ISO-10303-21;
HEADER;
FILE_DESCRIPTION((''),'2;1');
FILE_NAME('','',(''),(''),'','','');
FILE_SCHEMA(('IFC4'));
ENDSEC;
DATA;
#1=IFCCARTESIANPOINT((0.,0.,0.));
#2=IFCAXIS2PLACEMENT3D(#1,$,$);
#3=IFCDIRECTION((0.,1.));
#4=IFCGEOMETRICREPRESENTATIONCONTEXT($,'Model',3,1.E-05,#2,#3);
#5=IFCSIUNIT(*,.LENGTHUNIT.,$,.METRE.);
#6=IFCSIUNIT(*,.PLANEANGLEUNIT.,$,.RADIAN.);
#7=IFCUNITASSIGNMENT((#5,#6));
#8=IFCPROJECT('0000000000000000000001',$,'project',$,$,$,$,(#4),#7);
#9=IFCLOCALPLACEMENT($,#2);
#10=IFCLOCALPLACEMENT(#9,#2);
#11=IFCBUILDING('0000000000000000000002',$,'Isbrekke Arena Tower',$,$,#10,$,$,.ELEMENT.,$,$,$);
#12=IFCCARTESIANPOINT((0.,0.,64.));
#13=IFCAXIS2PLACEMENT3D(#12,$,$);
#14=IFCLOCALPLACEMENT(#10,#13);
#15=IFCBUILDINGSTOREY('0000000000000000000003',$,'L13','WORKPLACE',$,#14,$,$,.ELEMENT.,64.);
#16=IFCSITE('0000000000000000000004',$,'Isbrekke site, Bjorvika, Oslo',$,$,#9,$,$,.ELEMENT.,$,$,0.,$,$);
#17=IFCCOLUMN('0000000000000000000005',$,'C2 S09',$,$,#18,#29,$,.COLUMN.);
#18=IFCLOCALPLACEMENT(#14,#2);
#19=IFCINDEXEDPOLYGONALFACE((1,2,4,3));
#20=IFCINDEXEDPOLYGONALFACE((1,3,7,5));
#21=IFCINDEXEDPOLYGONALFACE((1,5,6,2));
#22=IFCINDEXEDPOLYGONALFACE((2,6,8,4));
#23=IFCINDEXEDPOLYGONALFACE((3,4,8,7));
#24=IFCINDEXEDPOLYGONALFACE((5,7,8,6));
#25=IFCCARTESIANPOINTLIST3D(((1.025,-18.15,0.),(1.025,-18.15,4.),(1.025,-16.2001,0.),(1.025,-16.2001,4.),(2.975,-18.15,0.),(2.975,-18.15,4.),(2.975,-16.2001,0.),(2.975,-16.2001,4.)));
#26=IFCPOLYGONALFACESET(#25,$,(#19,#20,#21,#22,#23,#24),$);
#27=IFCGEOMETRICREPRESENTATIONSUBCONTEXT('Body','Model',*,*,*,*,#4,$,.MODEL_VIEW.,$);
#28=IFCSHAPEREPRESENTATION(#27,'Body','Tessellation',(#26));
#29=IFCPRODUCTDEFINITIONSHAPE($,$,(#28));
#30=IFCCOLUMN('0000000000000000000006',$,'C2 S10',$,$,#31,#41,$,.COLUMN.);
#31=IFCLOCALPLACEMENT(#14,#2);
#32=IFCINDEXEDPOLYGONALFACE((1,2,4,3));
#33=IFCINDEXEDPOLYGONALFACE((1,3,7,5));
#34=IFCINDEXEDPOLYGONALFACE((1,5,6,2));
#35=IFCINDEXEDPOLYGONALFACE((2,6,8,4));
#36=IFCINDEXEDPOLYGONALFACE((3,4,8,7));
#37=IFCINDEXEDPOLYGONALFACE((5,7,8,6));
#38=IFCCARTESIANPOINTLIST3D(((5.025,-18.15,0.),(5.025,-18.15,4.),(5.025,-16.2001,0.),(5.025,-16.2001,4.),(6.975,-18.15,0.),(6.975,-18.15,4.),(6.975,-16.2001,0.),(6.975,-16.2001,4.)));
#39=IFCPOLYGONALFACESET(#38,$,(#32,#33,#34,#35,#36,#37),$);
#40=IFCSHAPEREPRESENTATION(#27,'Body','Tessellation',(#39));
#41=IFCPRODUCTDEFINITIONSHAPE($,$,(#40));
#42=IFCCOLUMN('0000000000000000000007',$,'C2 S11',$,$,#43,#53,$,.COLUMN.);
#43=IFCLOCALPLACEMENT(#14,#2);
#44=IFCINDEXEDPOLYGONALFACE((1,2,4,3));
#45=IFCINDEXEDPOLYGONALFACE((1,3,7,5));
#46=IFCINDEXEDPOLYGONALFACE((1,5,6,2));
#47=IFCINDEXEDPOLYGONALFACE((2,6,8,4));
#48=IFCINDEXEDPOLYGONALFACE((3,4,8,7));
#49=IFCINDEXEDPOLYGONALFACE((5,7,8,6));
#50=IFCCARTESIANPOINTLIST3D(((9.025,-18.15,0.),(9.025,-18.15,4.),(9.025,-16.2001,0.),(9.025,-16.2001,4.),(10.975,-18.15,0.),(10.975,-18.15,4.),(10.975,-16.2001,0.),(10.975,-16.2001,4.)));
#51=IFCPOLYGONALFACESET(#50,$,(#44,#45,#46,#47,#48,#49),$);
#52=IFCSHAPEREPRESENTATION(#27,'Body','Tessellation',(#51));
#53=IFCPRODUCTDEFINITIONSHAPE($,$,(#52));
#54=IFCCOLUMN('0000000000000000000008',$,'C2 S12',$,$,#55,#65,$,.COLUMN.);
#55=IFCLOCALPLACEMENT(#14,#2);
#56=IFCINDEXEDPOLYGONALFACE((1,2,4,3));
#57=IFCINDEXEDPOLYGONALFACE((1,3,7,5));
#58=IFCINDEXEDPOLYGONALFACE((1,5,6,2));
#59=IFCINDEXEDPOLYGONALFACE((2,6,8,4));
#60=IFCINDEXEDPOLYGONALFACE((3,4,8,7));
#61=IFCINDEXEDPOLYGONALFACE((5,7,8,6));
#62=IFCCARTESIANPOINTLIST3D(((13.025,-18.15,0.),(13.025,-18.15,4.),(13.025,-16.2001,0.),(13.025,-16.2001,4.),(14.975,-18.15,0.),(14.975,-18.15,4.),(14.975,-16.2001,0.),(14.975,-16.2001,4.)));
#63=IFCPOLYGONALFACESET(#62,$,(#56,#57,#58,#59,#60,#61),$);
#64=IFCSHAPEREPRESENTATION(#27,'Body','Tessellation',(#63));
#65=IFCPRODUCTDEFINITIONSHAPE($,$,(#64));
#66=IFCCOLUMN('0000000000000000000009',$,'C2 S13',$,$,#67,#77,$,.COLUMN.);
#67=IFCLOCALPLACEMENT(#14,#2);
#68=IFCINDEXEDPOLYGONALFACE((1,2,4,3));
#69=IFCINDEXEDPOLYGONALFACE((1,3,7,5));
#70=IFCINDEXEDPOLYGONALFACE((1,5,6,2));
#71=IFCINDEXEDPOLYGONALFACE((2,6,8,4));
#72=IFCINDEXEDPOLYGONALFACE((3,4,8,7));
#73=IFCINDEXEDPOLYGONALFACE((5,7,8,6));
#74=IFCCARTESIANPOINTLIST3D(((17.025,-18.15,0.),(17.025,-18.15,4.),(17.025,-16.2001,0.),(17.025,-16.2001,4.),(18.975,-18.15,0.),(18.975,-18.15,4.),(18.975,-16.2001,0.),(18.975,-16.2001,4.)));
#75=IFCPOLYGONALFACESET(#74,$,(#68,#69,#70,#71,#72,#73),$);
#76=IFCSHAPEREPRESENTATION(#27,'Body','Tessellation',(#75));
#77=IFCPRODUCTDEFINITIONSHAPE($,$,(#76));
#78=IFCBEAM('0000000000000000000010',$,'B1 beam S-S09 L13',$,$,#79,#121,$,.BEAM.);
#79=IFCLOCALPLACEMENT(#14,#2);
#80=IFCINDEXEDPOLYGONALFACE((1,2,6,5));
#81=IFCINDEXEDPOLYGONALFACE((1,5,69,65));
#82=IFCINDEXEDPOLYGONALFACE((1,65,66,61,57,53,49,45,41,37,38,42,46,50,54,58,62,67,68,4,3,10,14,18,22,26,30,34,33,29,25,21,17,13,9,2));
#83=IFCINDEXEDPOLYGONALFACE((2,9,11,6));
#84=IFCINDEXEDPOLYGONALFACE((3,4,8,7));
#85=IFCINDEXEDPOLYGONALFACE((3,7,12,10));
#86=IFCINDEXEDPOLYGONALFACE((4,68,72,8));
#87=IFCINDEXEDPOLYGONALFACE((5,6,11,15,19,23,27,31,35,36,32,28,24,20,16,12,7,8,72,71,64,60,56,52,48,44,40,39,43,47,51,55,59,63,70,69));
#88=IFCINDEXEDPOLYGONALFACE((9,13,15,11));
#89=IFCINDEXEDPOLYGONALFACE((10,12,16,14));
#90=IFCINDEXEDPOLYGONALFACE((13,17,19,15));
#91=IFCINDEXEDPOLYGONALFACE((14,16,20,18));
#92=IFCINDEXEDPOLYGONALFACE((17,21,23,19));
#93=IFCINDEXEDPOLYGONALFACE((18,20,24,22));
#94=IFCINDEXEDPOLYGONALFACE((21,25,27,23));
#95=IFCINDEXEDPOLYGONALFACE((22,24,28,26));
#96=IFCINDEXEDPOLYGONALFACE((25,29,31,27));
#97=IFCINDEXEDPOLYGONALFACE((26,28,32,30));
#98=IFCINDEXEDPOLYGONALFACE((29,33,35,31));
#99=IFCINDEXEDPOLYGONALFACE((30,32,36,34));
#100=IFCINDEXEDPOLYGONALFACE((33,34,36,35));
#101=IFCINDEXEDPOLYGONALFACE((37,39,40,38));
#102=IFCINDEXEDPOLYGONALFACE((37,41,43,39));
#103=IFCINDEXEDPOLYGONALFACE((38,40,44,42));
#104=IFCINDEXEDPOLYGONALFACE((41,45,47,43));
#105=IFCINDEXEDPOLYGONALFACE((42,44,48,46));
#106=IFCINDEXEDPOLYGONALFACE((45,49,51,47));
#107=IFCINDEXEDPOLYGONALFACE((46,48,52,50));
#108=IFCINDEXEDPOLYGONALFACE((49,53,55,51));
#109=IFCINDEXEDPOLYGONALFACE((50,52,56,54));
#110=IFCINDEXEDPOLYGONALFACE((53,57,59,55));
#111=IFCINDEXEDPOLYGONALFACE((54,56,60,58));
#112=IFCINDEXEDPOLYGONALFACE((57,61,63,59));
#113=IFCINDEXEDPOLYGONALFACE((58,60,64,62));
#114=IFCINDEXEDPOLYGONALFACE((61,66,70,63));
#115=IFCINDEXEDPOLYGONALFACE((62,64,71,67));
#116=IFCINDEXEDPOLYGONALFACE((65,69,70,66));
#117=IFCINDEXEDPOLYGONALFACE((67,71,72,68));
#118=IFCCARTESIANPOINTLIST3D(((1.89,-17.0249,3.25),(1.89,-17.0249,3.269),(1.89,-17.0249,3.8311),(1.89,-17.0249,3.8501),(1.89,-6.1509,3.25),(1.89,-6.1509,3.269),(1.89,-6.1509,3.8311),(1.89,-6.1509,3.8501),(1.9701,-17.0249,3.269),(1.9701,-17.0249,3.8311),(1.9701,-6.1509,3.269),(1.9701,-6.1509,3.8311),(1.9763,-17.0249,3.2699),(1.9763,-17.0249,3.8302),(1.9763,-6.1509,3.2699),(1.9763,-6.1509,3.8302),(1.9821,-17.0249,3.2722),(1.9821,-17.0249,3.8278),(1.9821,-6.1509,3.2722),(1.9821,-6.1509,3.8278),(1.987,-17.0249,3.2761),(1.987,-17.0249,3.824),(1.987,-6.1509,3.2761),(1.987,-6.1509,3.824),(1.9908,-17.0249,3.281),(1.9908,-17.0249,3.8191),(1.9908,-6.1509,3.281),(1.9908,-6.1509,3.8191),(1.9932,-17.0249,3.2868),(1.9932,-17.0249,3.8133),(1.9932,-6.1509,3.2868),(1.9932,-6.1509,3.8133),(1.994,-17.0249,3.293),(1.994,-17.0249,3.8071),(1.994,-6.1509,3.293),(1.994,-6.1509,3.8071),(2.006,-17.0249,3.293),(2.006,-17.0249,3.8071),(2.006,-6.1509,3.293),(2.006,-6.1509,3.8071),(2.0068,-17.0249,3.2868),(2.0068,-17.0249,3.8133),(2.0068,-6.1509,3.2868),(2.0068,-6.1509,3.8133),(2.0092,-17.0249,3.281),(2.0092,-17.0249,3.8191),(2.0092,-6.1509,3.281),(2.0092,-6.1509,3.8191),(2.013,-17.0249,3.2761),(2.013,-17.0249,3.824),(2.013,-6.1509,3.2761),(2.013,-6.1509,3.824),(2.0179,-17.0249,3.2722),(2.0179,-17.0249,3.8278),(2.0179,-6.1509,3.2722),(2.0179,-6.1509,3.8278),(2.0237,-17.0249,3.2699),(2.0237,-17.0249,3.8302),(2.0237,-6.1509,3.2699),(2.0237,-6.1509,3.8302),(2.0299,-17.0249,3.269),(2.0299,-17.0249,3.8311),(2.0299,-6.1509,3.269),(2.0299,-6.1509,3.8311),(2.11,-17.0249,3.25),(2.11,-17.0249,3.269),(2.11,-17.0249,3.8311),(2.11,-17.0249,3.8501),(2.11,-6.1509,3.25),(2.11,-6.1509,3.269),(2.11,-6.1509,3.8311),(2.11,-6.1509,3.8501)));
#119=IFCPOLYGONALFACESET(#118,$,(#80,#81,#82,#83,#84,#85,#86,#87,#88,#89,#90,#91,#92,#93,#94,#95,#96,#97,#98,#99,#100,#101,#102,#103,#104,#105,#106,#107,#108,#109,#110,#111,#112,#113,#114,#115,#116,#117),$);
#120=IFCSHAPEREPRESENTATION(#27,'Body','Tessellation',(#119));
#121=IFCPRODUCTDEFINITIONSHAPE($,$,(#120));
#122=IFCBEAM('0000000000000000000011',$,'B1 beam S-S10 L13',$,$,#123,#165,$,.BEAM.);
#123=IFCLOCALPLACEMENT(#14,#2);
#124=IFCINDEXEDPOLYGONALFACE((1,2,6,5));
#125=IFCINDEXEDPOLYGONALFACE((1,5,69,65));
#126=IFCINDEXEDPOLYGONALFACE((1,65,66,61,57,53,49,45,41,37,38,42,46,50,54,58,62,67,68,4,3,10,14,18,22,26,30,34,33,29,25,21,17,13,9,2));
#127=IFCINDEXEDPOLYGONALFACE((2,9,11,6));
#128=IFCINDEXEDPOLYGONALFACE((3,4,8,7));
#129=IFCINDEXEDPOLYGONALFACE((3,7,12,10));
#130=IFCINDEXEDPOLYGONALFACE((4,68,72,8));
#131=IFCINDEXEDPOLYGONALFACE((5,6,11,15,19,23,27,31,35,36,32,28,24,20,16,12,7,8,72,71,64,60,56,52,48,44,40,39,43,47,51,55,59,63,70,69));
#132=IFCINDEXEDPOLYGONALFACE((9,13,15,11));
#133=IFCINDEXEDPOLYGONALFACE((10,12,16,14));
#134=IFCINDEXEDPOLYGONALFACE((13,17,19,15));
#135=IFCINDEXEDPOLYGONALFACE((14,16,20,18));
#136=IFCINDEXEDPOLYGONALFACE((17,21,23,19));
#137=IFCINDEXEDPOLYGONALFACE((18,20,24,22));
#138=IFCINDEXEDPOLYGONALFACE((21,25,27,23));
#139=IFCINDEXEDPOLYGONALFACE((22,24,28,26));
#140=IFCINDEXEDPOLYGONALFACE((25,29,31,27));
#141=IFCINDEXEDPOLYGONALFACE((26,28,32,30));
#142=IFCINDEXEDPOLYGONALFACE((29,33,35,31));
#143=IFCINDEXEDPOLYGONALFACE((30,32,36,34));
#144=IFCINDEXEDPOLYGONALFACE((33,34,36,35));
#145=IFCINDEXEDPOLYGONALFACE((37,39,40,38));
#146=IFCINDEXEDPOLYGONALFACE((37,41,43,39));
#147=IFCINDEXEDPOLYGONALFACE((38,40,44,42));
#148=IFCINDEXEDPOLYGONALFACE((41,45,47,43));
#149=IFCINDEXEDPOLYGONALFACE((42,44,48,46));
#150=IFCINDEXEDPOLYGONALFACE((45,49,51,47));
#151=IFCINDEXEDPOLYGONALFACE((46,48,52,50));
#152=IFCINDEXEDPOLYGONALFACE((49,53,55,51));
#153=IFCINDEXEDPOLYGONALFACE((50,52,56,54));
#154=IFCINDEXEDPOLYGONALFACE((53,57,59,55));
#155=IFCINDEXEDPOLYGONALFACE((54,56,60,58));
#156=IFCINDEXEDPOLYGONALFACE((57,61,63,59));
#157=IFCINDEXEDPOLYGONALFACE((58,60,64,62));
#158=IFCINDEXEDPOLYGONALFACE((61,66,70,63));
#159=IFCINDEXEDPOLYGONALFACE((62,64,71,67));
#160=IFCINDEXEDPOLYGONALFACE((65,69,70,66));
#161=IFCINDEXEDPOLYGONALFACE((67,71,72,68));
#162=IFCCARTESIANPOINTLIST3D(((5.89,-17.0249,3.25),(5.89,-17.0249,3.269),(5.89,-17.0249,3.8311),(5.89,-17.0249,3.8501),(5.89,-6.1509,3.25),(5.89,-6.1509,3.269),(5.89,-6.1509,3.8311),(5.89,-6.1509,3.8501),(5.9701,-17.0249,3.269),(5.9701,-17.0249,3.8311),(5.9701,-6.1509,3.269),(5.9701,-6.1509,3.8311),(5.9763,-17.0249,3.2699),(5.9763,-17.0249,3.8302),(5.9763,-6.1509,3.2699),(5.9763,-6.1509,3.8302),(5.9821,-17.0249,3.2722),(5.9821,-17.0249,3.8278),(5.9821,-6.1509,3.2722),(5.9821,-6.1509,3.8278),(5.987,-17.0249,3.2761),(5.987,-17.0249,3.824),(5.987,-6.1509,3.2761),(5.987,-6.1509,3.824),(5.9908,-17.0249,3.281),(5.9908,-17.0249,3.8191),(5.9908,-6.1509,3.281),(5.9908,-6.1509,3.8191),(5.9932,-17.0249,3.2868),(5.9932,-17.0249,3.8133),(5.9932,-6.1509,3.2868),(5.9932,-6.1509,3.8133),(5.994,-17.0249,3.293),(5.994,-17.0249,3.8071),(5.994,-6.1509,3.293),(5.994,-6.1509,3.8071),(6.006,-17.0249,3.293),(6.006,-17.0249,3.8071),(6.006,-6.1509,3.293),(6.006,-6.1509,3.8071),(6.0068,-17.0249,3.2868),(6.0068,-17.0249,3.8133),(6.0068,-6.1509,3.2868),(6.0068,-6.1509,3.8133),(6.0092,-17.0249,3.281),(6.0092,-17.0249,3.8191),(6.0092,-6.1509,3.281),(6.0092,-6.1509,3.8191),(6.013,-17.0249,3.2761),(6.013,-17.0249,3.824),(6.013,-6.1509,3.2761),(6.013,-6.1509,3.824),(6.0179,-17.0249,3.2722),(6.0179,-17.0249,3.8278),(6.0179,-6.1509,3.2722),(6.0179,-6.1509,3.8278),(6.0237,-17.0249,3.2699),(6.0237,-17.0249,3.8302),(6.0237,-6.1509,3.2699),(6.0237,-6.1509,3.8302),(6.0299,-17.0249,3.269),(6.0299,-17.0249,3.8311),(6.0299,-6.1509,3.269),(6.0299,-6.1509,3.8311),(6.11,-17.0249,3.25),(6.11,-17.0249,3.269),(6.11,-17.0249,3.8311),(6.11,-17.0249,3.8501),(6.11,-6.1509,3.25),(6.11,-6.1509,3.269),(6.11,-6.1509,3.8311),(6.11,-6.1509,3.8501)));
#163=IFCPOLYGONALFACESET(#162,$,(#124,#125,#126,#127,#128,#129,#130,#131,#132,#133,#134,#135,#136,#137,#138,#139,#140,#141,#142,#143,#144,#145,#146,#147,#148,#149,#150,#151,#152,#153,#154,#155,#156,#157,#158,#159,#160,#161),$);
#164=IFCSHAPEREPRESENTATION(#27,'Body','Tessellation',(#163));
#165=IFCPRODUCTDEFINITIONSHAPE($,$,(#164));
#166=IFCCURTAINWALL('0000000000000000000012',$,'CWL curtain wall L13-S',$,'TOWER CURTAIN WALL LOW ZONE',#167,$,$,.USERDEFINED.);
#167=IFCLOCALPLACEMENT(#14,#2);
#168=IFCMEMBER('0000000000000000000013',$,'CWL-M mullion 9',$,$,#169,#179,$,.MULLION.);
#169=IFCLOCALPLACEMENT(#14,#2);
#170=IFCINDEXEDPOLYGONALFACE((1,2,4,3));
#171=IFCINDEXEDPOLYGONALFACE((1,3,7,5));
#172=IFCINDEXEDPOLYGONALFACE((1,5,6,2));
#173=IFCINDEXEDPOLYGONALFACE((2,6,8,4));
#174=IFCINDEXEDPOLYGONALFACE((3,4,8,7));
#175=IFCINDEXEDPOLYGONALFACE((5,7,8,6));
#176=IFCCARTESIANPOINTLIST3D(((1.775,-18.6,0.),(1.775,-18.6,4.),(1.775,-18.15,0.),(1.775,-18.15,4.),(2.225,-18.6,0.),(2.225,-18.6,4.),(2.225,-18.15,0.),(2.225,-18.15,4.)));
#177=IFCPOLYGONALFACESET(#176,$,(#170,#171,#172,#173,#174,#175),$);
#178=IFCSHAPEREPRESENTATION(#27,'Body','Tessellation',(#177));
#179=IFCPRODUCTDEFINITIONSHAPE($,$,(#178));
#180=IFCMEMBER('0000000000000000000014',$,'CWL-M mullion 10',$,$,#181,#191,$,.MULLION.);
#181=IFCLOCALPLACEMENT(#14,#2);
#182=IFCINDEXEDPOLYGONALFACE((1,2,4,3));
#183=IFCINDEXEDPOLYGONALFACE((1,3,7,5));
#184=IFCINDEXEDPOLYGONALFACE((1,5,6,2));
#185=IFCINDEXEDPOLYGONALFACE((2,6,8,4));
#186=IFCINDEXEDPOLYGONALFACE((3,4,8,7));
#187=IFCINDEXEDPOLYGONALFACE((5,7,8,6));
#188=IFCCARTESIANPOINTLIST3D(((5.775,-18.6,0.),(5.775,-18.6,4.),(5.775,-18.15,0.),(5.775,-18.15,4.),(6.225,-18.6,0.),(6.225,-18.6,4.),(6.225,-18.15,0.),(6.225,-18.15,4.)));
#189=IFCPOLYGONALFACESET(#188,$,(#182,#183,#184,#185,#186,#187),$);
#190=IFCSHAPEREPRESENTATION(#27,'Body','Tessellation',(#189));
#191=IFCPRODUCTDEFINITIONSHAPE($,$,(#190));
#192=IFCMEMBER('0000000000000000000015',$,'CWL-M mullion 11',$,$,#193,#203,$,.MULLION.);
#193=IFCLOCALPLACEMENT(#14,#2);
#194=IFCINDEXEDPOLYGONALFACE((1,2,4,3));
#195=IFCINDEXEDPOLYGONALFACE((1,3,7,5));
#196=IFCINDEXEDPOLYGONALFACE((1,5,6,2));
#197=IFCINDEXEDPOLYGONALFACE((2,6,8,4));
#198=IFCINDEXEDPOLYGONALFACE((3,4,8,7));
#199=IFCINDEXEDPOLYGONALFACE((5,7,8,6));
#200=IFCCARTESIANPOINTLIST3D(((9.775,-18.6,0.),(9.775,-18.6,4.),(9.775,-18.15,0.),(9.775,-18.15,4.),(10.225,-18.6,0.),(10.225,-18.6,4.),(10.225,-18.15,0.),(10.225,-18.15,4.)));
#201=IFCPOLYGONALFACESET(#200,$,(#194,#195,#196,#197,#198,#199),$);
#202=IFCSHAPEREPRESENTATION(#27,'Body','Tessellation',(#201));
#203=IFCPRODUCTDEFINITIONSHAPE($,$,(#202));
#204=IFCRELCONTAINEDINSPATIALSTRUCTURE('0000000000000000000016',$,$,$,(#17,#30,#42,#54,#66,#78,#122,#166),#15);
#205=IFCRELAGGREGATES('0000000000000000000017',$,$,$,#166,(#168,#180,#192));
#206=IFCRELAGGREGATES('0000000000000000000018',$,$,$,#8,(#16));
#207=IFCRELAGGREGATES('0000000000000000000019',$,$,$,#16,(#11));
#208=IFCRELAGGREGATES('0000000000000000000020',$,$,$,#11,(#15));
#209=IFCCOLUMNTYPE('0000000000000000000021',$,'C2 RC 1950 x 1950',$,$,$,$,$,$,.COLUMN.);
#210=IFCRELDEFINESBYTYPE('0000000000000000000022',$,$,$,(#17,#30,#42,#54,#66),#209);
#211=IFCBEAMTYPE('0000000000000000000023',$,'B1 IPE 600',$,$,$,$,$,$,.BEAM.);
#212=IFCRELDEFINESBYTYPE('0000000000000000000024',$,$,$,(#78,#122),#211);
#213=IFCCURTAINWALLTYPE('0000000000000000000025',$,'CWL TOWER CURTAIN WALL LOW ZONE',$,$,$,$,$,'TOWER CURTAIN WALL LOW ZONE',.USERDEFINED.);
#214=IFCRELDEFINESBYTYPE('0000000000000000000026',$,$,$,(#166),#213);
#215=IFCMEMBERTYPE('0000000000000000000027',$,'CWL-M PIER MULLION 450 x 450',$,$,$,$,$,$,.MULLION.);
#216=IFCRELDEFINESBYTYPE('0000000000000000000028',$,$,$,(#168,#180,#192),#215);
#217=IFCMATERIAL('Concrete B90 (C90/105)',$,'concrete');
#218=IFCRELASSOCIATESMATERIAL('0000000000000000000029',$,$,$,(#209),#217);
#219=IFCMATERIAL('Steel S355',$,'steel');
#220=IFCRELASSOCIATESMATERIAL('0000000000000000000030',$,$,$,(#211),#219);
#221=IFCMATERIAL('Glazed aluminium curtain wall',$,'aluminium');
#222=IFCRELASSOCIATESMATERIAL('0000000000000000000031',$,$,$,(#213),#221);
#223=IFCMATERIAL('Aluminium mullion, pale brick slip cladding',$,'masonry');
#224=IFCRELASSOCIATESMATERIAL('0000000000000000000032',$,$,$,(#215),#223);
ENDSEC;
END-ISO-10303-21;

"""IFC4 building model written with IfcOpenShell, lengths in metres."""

from ifc_helpers import new_model, si_unit, direction, frame, origin, origin_2d, place, context, subcontext, project, spatial, rectangle, i_section, extrude, material, material_profile, profile_set, type_object, element, aggregate, save


model = new_model("IFC4")

# Units and contexts
model_context = context("Model", 3, precision=1e-05, world=origin(), true_north=direction((0.0, 1.0)))
body_context = subcontext(model_context, "Body", "Model", "MODEL_VIEW")
ifc_project = project(units=[si_unit("LENGTHUNIT", "METRE"), si_unit("PLANEANGLEUNIT", "RADIAN")], contexts=[model_context])

# Site, building, storey
site_placement = place(None, origin())
site = spatial("IfcSite", under=ifc_project, at=site_placement, Name="Isbrekke site, Bjorvika, Oslo", CompositionType="ELEMENT", RefElevation=0.0)
building_placement = place(site_placement, origin())
building = spatial("IfcBuilding", under=site, at=building_placement, Name="Isbrekke Arena Tower", CompositionType="ELEMENT")
storey_placement = place(building_placement, frame((0.0, 0.0, 64.0)))
storey = spatial("IfcBuildingStorey", under=building, at=storey_placement, Name="L13", Description="WORKPLACE", CompositionType="ELEMENT", Elevation=64.0)

# Columns
ifc_material_1 = material(Name="Concrete B90 (C90/105)", Category="concrete")
ifc_material_profile_1 = material_profile(ifc_material_1, rectangle(XDim=1.95, YDim=1.95, at=origin_2d()), Name="RC 1950x1950")
ifc_profile_set_1 = profile_set([ifc_material_profile_1], Name="Concrete B90 (C90/105)")
column_type = type_object("IfcColumnType", Name="C2 RC 1950 x 1950", PredefinedType="COLUMN", material=ifc_profile_set_1)
for number, where, z_axis, x_axis, name in (
    (1, (2.0, -17.175, 0.0), (0.0, 0.0, 1.0), (1.0, 0.0, 0.0), "C2 S09"),
    (2, (6.0, -17.175, 0.0), (0.0, 0.0, 1.0), (1.0, 0.0, 0.0), "C2 S10"),
    (3, (10.0, -17.175, 0.0), (0.0, 0.0, 1.0), (1.0, 0.0, 0.0), "C2 S11"),
    (4, (14.0, -17.175, 0.0), (0.0, 0.0, 1.0), (1.0, 0.0, 0.0), "C2 S12"),
    (5, (18.0, -17.175, 0.0), (0.0, 0.0, 1.0), (1.0, 0.0, 0.0), "C2 S13"),
):
    element("IfcColumn", number, at=place(storey_placement, frame(where, z_axis=z_axis, x_axis=x_axis)), inside=storey, type_object=column_type, Name=name, PredefinedType="COLUMN", context=body_context, shape_type="SweptSolid", body=[
        extrude(rectangle(XDim=1.95, YDim=1.95, at=origin_2d()), origin(), (0.0, 0.0, 1.0), 4.0),
    ])

# Beams
ifc_material_2 = material(Name="Steel S355", Category="steel")
ifc_material_profile_2 = material_profile(ifc_material_2, i_section(OverallWidth=0.22, OverallDepth=0.6001, WebThickness=0.012, FlangeThickness=0.019, FilletRadius=0.0239, at=origin_2d()), Name="IPE 600")
ifc_profile_set_2 = profile_set([ifc_material_profile_2], Name="Steel S355")
beam_type_1 = type_object("IfcBeamType", Name="B1 IPE 600", PredefinedType="BEAM", material=ifc_profile_set_2)
for number, where, z_axis, x_axis, name in (
    (6, (2.0, -17.0249, 3.55), (0.0, 1.0, 0.0), (-1.0, 0.0, 0.0), "B1 beam S-S09 L13"),
    (7, (6.0, -17.0249, 3.55), (0.0, 1.0, 0.0), (-1.0, 0.0, 0.0), "B1 beam S-S10 L13"),
):
    element("IfcBeam", number, at=place(storey_placement, frame(where, z_axis=z_axis, x_axis=x_axis)), inside=storey, type_object=beam_type_1, Name=name, PredefinedType="BEAM", context=body_context, shape_type="SweptSolid", body=[
        extrude(i_section(OverallWidth=0.22, OverallDepth=0.6001, WebThickness=0.012, FlangeThickness=0.019, FilletRadius=0.0239, at=origin_2d()), origin(), (0.0, 0.0, 1.0), 10.874),
    ])

# Curtain wall, members
ifc_material_3 = material(Name="Glazed aluminium curtain wall", Category="aluminium")
curtain_wall_type = type_object("IfcCurtainWallType", Name="CWL TOWER CURTAIN WALL LOW ZONE", ElementType="TOWER CURTAIN WALL LOW ZONE", PredefinedType="USERDEFINED", material=ifc_material_3)
curtain_wall_placement = place(storey_placement, origin())
curtain_wall = element("IfcCurtainWall", 8, at=curtain_wall_placement, inside=storey, type_object=curtain_wall_type, Name="CWL curtain wall L13-S", ObjectType="TOWER CURTAIN WALL LOW ZONE", PredefinedType="USERDEFINED")
ifc_material_4 = material(Name="Aluminium mullion, pale brick slip cladding", Category="masonry")
ifc_material_profile_3 = material_profile(ifc_material_4, rectangle(XDim=0.45, YDim=0.45, at=origin_2d()), Name="PIER 450X450")
ifc_profile_set_3 = profile_set([ifc_material_profile_3], Name="Aluminium mullion, pale brick slip cladding")
member_type_1 = type_object("IfcMemberType", Name="CWL-M PIER MULLION 450 x 450", PredefinedType="MULLION", material=ifc_profile_set_3)
member_1_placement = place(storey_placement, frame((2.0, -18.375, 0.0), z_axis=(0.0, 0.0, 1.0), x_axis=(1.0, 0.0, 0.0)))
member_1 = element("IfcMember", 9, at=member_1_placement, type_object=member_type_1, Name="CWL-M mullion 9", PredefinedType="MULLION", context=body_context, shape_type="SweptSolid", body=[
    extrude(rectangle(XDim=0.45, YDim=0.45, at=origin_2d()), origin(), (0.0, 0.0, 1.0), 4.0),
])
member_2_placement = place(storey_placement, frame((6.0, -18.375, 0.0), z_axis=(0.0, 0.0, 1.0), x_axis=(1.0, 0.0, 0.0)))
member_2 = element("IfcMember", 10, at=member_2_placement, type_object=member_type_1, Name="CWL-M mullion 10", PredefinedType="MULLION", context=body_context, shape_type="SweptSolid", body=[
    extrude(rectangle(XDim=0.45, YDim=0.45, at=origin_2d()), origin(), (0.0, 0.0, 1.0), 4.0),
])
member_3_placement = place(storey_placement, frame((10.0, -18.375, 0.0), z_axis=(0.0, 0.0, 1.0), x_axis=(1.0, 0.0, 0.0)))
member_3 = element("IfcMember", 11, at=member_3_placement, type_object=member_type_1, Name="CWL-M mullion 11", PredefinedType="MULLION", context=body_context, shape_type="SweptSolid", body=[
    extrude(rectangle(XDim=0.45, YDim=0.45, at=origin_2d()), origin(), (0.0, 0.0, 1.0), 4.0),
])

aggregate(curtain_wall, [member_1, member_2, member_3])

save(model, "model.ifc")
